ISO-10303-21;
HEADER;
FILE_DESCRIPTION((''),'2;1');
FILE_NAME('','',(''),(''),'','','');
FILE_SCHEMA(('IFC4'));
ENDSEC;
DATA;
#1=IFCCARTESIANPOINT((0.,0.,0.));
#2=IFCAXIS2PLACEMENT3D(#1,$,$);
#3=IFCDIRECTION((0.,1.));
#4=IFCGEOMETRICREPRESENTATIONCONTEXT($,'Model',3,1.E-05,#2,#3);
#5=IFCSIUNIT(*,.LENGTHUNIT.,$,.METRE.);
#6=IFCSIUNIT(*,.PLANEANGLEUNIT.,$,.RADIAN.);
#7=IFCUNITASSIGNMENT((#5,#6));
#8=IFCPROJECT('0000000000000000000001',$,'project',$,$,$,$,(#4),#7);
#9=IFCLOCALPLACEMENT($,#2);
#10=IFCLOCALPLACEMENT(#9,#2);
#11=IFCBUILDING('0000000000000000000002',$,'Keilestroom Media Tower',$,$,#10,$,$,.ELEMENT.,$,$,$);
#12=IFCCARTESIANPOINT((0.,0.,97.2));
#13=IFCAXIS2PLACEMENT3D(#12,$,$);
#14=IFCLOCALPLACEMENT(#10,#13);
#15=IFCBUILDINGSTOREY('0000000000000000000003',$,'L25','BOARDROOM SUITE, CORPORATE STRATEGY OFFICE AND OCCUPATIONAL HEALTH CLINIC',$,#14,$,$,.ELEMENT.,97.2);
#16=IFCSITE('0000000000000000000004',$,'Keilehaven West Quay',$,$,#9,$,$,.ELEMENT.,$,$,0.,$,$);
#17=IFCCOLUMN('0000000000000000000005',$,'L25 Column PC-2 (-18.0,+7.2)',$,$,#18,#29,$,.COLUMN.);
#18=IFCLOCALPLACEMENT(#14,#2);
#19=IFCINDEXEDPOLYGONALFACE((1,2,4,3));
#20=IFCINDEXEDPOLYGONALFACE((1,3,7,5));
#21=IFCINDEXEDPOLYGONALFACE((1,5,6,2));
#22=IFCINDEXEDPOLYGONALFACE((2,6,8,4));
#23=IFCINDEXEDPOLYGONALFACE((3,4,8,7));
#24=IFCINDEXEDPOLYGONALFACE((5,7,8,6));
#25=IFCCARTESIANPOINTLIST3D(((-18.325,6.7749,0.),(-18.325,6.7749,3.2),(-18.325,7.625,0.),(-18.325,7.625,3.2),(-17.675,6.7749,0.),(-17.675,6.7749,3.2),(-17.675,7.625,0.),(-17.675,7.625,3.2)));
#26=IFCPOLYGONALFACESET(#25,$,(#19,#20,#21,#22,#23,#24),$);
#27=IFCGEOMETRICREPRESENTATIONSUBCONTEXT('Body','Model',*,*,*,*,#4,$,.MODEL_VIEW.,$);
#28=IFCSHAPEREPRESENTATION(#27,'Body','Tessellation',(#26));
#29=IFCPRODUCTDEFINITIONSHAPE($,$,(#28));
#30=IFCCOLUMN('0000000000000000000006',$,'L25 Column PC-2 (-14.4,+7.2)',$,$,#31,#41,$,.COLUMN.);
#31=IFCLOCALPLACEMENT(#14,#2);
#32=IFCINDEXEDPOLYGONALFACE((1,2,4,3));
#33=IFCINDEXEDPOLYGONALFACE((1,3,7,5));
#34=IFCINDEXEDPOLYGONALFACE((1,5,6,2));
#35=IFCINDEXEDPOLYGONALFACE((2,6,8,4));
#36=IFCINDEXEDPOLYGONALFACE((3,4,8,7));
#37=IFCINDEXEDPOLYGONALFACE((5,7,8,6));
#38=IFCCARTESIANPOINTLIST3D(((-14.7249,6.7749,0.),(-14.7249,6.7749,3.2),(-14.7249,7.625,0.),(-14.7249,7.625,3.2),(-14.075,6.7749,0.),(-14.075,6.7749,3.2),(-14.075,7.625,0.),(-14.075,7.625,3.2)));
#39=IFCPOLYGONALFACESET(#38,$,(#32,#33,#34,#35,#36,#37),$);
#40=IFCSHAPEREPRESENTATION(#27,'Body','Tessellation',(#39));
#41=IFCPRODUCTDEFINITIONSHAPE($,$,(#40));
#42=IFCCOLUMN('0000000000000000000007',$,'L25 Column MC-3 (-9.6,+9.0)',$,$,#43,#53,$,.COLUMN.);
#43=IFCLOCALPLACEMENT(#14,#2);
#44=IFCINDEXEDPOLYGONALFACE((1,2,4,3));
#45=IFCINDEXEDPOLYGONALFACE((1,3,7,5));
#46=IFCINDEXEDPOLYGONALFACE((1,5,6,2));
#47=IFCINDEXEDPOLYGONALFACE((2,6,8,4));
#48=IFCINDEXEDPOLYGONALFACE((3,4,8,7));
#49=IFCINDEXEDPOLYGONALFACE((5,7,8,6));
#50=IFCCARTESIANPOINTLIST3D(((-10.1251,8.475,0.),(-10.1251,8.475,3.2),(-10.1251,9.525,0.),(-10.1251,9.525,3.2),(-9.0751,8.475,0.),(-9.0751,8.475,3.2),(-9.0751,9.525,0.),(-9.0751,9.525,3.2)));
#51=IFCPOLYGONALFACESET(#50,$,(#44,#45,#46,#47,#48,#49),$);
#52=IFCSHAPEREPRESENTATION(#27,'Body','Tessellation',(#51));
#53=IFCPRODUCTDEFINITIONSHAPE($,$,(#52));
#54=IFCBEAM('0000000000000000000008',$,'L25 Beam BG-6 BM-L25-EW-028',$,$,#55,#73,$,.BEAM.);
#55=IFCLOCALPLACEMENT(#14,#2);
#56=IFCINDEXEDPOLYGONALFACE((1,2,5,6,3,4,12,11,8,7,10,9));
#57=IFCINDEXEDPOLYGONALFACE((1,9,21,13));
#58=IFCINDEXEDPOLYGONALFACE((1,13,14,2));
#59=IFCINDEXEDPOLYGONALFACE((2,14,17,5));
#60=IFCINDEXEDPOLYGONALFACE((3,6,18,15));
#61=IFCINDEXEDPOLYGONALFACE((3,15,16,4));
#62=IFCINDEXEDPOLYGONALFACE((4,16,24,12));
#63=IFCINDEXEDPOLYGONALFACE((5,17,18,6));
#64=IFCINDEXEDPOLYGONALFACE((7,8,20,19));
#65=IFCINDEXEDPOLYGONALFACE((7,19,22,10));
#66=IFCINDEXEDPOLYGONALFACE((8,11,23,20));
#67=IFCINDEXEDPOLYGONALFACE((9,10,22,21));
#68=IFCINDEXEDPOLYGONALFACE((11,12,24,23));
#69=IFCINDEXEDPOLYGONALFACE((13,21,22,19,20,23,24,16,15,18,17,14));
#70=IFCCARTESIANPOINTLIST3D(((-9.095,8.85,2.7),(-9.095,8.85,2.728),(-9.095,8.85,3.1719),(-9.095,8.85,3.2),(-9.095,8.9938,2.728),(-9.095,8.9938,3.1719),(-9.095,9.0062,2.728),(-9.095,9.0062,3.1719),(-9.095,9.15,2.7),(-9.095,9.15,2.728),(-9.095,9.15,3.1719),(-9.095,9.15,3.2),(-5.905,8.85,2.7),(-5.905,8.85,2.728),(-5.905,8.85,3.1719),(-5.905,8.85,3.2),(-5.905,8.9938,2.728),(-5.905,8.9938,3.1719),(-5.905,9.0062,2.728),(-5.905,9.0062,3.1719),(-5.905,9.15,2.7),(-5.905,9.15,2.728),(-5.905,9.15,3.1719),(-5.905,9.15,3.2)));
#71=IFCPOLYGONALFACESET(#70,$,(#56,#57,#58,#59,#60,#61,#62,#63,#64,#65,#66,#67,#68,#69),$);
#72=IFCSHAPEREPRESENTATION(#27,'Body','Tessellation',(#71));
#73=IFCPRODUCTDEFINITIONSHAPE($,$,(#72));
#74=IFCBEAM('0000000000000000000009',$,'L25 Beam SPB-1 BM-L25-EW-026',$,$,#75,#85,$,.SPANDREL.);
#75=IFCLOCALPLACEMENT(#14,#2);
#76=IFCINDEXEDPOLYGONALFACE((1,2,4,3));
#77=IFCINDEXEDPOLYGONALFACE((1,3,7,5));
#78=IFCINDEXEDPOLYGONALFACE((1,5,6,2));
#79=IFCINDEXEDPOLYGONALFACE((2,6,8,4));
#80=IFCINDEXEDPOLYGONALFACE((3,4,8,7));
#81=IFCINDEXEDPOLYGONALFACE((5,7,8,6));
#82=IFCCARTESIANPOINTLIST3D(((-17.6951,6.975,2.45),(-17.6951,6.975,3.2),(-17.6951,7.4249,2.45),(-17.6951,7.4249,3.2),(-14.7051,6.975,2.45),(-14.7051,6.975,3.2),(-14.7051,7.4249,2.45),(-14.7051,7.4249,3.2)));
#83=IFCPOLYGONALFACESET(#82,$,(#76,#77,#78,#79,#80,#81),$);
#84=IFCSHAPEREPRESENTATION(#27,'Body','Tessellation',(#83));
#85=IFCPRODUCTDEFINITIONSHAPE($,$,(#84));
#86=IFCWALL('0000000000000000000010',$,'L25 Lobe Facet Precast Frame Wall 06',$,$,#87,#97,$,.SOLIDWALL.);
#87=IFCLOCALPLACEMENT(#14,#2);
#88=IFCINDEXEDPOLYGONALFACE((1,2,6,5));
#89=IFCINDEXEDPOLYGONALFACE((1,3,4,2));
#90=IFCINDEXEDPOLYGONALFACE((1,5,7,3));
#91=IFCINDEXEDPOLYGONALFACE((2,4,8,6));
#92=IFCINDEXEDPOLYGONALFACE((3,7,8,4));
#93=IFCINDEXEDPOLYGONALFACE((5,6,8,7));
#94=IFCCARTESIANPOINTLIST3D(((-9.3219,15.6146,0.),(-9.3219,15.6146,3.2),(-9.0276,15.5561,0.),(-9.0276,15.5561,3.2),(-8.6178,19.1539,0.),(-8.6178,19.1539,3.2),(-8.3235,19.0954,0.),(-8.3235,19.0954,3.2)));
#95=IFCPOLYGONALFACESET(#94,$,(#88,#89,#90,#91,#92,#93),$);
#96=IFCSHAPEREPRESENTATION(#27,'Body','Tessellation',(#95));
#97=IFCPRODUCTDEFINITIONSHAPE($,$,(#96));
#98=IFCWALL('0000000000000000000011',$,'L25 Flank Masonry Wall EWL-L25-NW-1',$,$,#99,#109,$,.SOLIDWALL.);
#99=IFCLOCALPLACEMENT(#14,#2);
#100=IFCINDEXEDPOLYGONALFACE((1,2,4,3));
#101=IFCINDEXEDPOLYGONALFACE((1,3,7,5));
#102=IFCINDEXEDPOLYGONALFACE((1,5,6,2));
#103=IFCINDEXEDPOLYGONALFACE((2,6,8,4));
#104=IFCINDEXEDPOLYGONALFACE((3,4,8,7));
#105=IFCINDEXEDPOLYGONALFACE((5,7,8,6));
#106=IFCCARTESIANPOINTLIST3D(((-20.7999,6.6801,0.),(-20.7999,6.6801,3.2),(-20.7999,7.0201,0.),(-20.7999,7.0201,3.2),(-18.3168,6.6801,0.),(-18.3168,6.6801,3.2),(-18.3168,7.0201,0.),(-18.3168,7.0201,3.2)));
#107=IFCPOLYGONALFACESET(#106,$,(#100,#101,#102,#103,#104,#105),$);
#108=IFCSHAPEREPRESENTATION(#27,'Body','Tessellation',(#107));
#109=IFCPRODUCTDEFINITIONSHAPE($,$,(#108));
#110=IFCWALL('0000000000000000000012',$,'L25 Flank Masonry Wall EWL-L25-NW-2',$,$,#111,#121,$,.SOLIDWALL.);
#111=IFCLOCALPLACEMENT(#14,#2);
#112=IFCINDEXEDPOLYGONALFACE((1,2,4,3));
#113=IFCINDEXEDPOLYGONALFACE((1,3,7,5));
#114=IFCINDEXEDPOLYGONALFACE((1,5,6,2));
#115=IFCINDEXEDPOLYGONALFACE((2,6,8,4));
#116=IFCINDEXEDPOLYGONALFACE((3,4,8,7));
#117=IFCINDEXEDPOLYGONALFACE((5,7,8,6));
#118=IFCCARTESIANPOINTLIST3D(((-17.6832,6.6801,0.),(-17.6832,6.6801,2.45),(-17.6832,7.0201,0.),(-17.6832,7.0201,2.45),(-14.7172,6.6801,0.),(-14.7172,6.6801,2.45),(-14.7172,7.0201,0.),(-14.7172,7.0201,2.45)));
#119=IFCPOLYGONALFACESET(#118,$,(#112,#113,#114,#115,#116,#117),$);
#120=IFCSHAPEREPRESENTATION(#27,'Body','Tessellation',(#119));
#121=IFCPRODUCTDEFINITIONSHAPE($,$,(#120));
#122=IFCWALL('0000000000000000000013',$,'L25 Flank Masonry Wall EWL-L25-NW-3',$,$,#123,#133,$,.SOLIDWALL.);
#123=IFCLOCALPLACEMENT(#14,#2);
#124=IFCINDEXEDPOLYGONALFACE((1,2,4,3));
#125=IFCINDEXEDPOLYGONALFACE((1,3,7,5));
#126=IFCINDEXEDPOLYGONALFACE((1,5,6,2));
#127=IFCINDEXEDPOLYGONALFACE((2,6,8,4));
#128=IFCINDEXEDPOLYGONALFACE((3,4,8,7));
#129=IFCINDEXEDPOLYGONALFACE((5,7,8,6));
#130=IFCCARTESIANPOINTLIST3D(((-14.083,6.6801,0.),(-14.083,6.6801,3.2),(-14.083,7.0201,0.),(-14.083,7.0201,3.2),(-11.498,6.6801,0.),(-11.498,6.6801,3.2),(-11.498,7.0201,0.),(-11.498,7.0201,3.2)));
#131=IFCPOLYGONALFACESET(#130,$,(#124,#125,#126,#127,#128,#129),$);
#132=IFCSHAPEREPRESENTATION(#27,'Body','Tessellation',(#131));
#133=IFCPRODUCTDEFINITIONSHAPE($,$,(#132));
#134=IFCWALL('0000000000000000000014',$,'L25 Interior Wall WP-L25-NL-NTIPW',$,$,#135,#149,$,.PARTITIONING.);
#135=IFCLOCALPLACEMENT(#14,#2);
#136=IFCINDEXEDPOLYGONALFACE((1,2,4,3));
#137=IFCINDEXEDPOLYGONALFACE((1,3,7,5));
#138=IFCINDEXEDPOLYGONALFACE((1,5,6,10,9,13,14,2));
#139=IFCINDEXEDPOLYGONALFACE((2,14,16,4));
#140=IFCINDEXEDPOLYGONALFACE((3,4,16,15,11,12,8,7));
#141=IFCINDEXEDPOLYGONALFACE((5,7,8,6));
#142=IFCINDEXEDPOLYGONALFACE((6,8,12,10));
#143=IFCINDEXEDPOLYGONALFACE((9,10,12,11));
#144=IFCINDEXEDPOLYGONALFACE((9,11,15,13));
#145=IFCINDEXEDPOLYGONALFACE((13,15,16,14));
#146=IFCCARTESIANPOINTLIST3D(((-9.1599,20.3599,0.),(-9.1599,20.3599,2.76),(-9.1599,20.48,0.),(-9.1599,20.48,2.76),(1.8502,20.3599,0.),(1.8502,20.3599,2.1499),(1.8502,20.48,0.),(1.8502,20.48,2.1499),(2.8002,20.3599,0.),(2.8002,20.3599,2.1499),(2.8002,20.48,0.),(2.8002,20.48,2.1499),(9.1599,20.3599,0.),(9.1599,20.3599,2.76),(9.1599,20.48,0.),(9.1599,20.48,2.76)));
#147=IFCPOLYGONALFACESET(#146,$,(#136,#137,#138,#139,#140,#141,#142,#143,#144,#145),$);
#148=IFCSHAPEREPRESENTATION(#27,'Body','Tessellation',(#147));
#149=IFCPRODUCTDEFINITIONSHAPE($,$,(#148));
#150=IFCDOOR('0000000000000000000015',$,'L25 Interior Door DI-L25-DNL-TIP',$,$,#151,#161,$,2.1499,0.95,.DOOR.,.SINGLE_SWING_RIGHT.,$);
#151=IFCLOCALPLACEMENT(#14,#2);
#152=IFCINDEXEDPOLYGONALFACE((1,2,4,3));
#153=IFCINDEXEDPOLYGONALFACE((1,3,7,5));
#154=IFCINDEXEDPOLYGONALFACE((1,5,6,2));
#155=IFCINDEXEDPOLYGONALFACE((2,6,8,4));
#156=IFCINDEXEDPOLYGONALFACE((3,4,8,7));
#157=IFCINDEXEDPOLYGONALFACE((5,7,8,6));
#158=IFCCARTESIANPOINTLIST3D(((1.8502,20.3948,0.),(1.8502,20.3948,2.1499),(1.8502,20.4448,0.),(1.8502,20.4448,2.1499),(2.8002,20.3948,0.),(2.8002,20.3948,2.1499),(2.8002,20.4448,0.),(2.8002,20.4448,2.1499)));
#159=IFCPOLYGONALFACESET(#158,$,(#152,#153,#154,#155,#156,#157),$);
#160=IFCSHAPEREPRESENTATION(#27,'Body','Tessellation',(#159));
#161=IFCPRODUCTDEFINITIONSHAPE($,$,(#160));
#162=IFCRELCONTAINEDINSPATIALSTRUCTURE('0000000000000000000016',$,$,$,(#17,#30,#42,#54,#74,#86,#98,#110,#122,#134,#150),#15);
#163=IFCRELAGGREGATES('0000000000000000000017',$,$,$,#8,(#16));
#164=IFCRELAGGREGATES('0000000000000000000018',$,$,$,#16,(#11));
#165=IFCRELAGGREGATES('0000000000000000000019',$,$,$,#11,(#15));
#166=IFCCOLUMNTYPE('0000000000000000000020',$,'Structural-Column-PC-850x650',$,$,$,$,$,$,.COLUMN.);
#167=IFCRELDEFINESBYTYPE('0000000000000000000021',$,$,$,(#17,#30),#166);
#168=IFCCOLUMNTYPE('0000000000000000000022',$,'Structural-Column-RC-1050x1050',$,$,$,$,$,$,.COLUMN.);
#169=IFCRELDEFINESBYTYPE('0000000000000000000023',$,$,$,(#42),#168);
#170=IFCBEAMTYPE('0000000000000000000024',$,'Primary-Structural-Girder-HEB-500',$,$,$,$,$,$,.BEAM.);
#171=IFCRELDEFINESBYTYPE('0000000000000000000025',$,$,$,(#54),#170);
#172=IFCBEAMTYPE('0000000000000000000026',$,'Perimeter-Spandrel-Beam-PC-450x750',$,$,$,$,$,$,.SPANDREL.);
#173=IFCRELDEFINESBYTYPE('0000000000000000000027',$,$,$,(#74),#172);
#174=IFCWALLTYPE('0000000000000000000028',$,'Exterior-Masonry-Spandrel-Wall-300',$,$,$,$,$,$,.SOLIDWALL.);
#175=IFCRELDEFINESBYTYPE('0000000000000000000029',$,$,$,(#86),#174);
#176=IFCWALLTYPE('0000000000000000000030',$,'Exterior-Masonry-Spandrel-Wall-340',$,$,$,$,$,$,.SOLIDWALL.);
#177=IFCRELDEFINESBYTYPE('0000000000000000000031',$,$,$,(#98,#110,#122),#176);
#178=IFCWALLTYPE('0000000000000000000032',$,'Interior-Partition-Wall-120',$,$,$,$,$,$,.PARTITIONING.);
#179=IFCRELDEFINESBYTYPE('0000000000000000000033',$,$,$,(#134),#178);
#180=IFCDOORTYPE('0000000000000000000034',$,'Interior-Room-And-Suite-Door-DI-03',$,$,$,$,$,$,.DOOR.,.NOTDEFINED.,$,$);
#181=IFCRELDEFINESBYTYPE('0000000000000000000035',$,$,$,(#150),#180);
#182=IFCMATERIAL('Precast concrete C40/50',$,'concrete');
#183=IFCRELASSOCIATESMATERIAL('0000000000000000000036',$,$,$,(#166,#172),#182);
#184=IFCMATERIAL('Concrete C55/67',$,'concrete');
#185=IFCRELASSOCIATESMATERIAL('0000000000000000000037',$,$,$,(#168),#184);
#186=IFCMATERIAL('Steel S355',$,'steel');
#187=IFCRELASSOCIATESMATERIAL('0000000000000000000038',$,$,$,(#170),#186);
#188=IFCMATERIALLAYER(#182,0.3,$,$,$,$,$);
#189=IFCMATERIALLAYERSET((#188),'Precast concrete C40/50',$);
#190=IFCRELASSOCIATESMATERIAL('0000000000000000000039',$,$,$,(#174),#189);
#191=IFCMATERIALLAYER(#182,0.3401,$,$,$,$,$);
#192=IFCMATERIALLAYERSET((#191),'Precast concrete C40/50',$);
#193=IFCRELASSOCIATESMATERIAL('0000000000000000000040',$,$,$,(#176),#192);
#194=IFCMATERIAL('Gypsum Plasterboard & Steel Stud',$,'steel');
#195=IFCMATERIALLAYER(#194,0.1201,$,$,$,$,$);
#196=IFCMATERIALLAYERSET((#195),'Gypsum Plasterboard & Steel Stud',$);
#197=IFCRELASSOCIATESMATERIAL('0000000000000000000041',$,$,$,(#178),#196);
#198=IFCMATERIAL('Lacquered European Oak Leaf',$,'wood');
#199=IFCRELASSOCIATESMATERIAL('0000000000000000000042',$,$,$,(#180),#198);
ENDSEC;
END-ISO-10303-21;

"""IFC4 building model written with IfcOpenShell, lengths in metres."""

from ifc_helpers import new_model, si_unit, direction, frame, frame_2d, origin, origin_2d, place, context, subcontext, project, spatial, rectangle, i_section, extrude, source, transform, mapped, material, layer, layer_set, material_profile, profile_set, type_object, element, fill, save


model = new_model("IFC4")

# Units and contexts
model_context = context("Model", 3, precision=1e-05, world=origin(), true_north=direction((0.0, 1.0)))
body_context = subcontext(model_context, "Body", "Model", "MODEL_VIEW")
ifc_project = project(units=[si_unit("LENGTHUNIT", "METRE"), si_unit("PLANEANGLEUNIT", "RADIAN")], contexts=[model_context])

# Site, building, storey
site_placement = place(None, origin())
site = spatial("IfcSite", under=ifc_project, at=site_placement, Name="Keilehaven West Quay", CompositionType="ELEMENT", RefElevation=0.0)
building_placement = place(site_placement, origin())
building = spatial("IfcBuilding", under=site, at=building_placement, Name="Keilestroom Media Tower", CompositionType="ELEMENT")
storey_placement = place(building_placement, frame((0.0, 0.0, 97.2)))
storey = spatial("IfcBuildingStorey", under=building, at=storey_placement, Name="L25", Description="BOARDROOM SUITE, CORPORATE STRATEGY OFFICE AND OCCUPATIONAL HEALTH CLINIC", CompositionType="ELEMENT", Elevation=97.2)

# Columns
ifc_material_1 = material(Name="Precast concrete C40/50", Category="concrete")
ifc_material_profile_1 = material_profile(ifc_material_1, rectangle(XDim=0.6499, YDim=0.8501, at=origin_2d()), Name="PC 850x650")
ifc_profile_set_1 = profile_set([ifc_material_profile_1], Name="Precast concrete C40/50")
column_type_1 = type_object("IfcColumnType", Name="Structural-Column-PC-850x650", PredefinedType="COLUMN", material=ifc_profile_set_1)
shared_shape_1 = source(origin(), body_context, "Body", "SweptSolid", [
    extrude(rectangle(XDim=0.6499, YDim=0.8501, at=origin_2d()), origin(), (0.0, 0.0, 1.0), 3.2),
])
for number, where, z_axis, x_axis, name in (
    (1, (-18.0, 7.2, 0.0), (0.0, 0.0, 1.0), (1.0, 0.0, 0.0), "L25 Column PC-2 (-18.0,+7.2)"),
    (2, (-14.3999, 7.2, 0.0), (0.0, 0.0, 1.0), (1.0, 0.0, 0.0), "L25 Column PC-2 (-14.4,+7.2)"),
):
    element("IfcColumn", number, at=place(storey_placement, frame(where, z_axis=z_axis, x_axis=x_axis)), inside=storey, type_object=column_type_1, Name=name, PredefinedType="COLUMN", context=body_context, shape_type="MappedRepresentation", body=[
        mapped(shared_shape_1, transform((0.0, 0.0, 0.0), x_axis=(1.0, 0.0, 0.0), y_axis=(0.0, 1.0, 0.0), z_axis=(0.0, 0.0, 1.0), scale=1.0)),
    ])
ifc_material_2 = material(Name="Concrete C55/67", Category="concrete")
ifc_material_profile_2 = material_profile(ifc_material_2, rectangle(XDim=1.05, YDim=1.05, at=origin_2d()), Name="RC 1050x1050")
ifc_profile_set_2 = profile_set([ifc_material_profile_2], Name="Concrete C55/67")
column_type_2 = type_object("IfcColumnType", Name="Structural-Column-RC-1050x1050", PredefinedType="COLUMN", material=ifc_profile_set_2)
shared_shape_2 = source(origin(), body_context, "Body", "SweptSolid", [
    extrude(rectangle(XDim=1.05, YDim=1.05, at=origin_2d()), origin(), (0.0, 0.0, 1.0), 3.2),
])
column_placement = place(storey_placement, frame((-9.6001, 9.0, 0.0), z_axis=(0.0, 0.0, 1.0), x_axis=(1.0, 0.0, 0.0)))
element("IfcColumn", 3, at=column_placement, inside=storey, type_object=column_type_2, Name="L25 Column MC-3 (-9.6,+9.0)", PredefinedType="COLUMN", context=body_context, shape_type="MappedRepresentation", body=[
    mapped(shared_shape_2, transform((0.0, 0.0, 0.0), x_axis=(1.0, 0.0, 0.0), y_axis=(0.0, 1.0, 0.0), z_axis=(0.0, 0.0, 1.0), scale=1.0)),
])

# Beams
ifc_material_3 = material(Name="Steel S355", Category="steel")
ifc_material_profile_3 = material_profile(ifc_material_3, i_section(OverallWidth=0.3, OverallDepth=0.5, WebThickness=0.0125, FlangeThickness=0.0281, at=origin_2d()), Name="HEB 500")
ifc_profile_set_3 = profile_set([ifc_material_profile_3], Name="Steel S355")
beam_type_1 = type_object("IfcBeamType", Name="Primary-Structural-Girder-HEB-500", PredefinedType="BEAM", material=ifc_profile_set_3)
shared_shape_3 = source(origin(), body_context, "Body", "SweptSolid", [
    extrude(i_section(OverallWidth=0.3, OverallDepth=0.5, WebThickness=0.0125, FlangeThickness=0.0281, at=origin_2d()), origin(), (0.0, 0.0, 1.0), 3.1899),
])
beam_1_placement = place(storey_placement, frame((-9.095, 9.0, 2.95), z_axis=(1.0, 0.0, 0.0), x_axis=(0.0, 1.0, 0.0)))
element("IfcBeam", 4, at=beam_1_placement, inside=storey, type_object=beam_type_1, Name="L25 Beam BG-6 BM-L25-EW-028", PredefinedType="BEAM", context=body_context, shape_type="MappedRepresentation", body=[
    mapped(shared_shape_3, transform((0.0, 0.0, 0.0), x_axis=(1.0, 0.0, 0.0), y_axis=(0.0, 1.0, 0.0), z_axis=(0.0, 0.0, 1.0), scale=1.0)),
])
ifc_material_profile_4 = material_profile(ifc_material_1, rectangle(XDim=0.45, YDim=0.75, at=origin_2d()), Name="PC 450x750")
ifc_profile_set_4 = profile_set([ifc_material_profile_4], Name="Precast concrete C40/50")
beam_type_2 = type_object("IfcBeamType", Name="Perimeter-Spandrel-Beam-PC-450x750", PredefinedType="SPANDREL", material=ifc_profile_set_4)
shared_shape_4 = source(origin(), body_context, "Body", "SweptSolid", [
    extrude(rectangle(XDim=0.45, YDim=0.75, at=origin_2d()), origin(), (0.0, 0.0, 1.0), 2.99),
])
beam_2_placement = place(storey_placement, frame((-17.6951, 7.2, 2.825), z_axis=(1.0, 0.0, 0.0), x_axis=(0.0, 1.0, 0.0)))
element("IfcBeam", 5, at=beam_2_placement, inside=storey, type_object=beam_type_2, Name="L25 Beam SPB-1 BM-L25-EW-026", PredefinedType="SPANDREL", context=body_context, shape_type="MappedRepresentation", body=[
    mapped(shared_shape_4, transform((0.0, 0.0, 0.0), x_axis=(1.0, 0.0, 0.0), y_axis=(0.0, 1.0, 0.0), z_axis=(0.0, 0.0, 1.0), scale=1.0)),
])

# Walls
ifc_layer_1 = layer(ifc_material_1, 0.3)
ifc_layer_set_1 = layer_set([ifc_layer_1], Name="Precast concrete C40/50")
wall_type_1 = type_object("IfcWallType", Name="Exterior-Masonry-Spandrel-Wall-300", PredefinedType="SOLIDWALL", material=ifc_layer_set_1)
wall_1_placement = place(storey_placement, frame((-8.4707, 19.1245, 0.0), z_axis=(0.0, 0.0, 1.0), x_axis=(-0.195114, -0.980781, 0.0)))
element("IfcWall", 6, at=wall_1_placement, inside=storey, type_object=wall_type_1, Name="L25 Lobe Facet Precast Frame Wall 06", PredefinedType="SOLIDWALL", context=body_context, shape_type="SweptSolid", body=[
    extrude(rectangle(XDim=3.6086, YDim=0.3, at=frame_2d((1.8042, 0.0))), origin(), (0.0, 0.0, 1.0), 3.2),
])
ifc_layer_2 = layer(ifc_material_1, 0.3401)
ifc_layer_set_2 = layer_set([ifc_layer_2], Name="Precast concrete C40/50")
wall_type_2 = type_object("IfcWallType", Name="Exterior-Masonry-Spandrel-Wall-340", PredefinedType="SOLIDWALL", material=ifc_layer_set_2)
wall_2_placement = place(storey_placement, frame((-20.8, 6.8501, 0.0), z_axis=(0.0, 0.0, 1.0), x_axis=(1.0, 0.0, 0.0)))
element("IfcWall", 7, at=wall_2_placement, inside=storey, type_object=wall_type_2, Name="L25 Flank Masonry Wall EWL-L25-NW-1", PredefinedType="SOLIDWALL", context=body_context, shape_type="SweptSolid", body=[
    extrude(rectangle(XDim=2.4832, YDim=0.3401, at=frame_2d((1.2417, 0.0))), origin(), (0.0, 0.0, 1.0), 3.2),
])
wall_3_placement = place(storey_placement, frame((-17.6831, 6.8501, 0.0), z_axis=(0.0, 0.0, 1.0), x_axis=(1.0, 0.0, 0.0)))
element("IfcWall", 8, at=wall_3_placement, inside=storey, type_object=wall_type_2, Name="L25 Flank Masonry Wall EWL-L25-NW-2", PredefinedType="SOLIDWALL", context=body_context, shape_type="SweptSolid", body=[
    extrude(rectangle(XDim=2.9661, YDim=0.3401, at=frame_2d((1.4829, 0.0))), origin(), (0.0, 0.0, 1.0), 2.45),
])
wall_4_placement = place(storey_placement, frame((-14.083, 6.8501, 0.0), z_axis=(0.0, 0.0, 1.0), x_axis=(1.0, 0.0, 0.0)))
element("IfcWall", 9, at=wall_4_placement, inside=storey, type_object=wall_type_2, Name="L25 Flank Masonry Wall EWL-L25-NW-3", PredefinedType="SOLIDWALL", context=body_context, shape_type="SweptSolid", body=[
    extrude(rectangle(XDim=2.585, YDim=0.3401, at=frame_2d((1.2925, 0.0))), origin(), (0.0, 0.0, 1.0), 3.2),
])

# Wall, opening, door
ifc_material_4 = material(Name="Gypsum Plasterboard & Steel Stud", Category="steel")
ifc_layer_3 = layer(ifc_material_4, 0.1201)
ifc_layer_set_3 = layer_set([ifc_layer_3], Name="Gypsum Plasterboard & Steel Stud")
wall_type_3 = type_object("IfcWallType", Name="Interior-Partition-Wall-120", PredefinedType="PARTITIONING", material=ifc_layer_set_3)
wall_5_placement = place(storey_placement, frame((-9.1599, 20.4199, 0.0), z_axis=(0.0, 0.0, 1.0), x_axis=(1.0, 0.0, 0.0)))
wall_5 = element("IfcWall", 10, at=wall_5_placement, inside=storey, type_object=wall_type_3, Name="L25 Interior Wall WP-L25-NL-NTIPW", PredefinedType="PARTITIONING", context=body_context, shape_type="SweptSolid", body=[
    extrude(rectangle(XDim=18.3198, YDim=0.1201, at=frame_2d((9.1599, 0.0))), origin(), (0.0, 0.0, 1.0), 2.76),
])
opening_1_placement = place(wall_5_placement, frame((11.01, 0.0, 0.0)))
opening_1 = element("IfcOpeningElement", 11, at=opening_1_placement, cuts=wall_5, PredefinedType="OPENING", context=body_context, shape_type="SweptSolid", body=[
    extrude(rectangle(XDim=0.95, YDim=2.1499, at=frame_2d((0.4751, 1.075))), frame((0.0, 0.0701, 0.0), z_axis=(0.0, -1.0, 0.0), x_axis=(1.0, 0.0, 0.0)), (0.0, 0.0, 1.0), 0.1401),
])
ifc_material_5 = material(Name="Lacquered European Oak Leaf", Category="wood")
door_type = type_object("IfcDoorType", Name="Interior-Room-And-Suite-Door-DI-03", OperationType="NOTDEFINED", PredefinedType="DOOR", material=ifc_material_5)
shared_shape_5 = source(origin(), body_context, "Body", "SweptSolid", [
    extrude(rectangle(XDim=0.95, YDim=2.1499, at=frame_2d((0.4751, 1.075))), frame((0.0, 0.0249, 0.0), z_axis=(0.0, -1.0, 0.0), x_axis=(1.0, 0.0, 0.0)), (0.0, 0.0, 1.0), 0.05),
])
door_1_placement = place(opening_1_placement, origin())
door_1 = element("IfcDoor", 12, at=door_1_placement, inside=storey, type_object=door_type, Name="L25 Interior Door DI-L25-DNL-TIP", OperationType="SINGLE_SWING_RIGHT", OverallHeight=2.1499, OverallWidth=0.95, PredefinedType="DOOR", context=body_context, shape_type="MappedRepresentation", body=[
    mapped(shared_shape_5, transform((0.0, 0.0, 0.0), x_axis=(1.0, 0.0, 0.0), y_axis=(0.0, 1.0, 0.0), z_axis=(0.0, 0.0, 1.0), scale=1.0)),
])
fill(opening_1, door_1)

save(model, "model.ifc")
